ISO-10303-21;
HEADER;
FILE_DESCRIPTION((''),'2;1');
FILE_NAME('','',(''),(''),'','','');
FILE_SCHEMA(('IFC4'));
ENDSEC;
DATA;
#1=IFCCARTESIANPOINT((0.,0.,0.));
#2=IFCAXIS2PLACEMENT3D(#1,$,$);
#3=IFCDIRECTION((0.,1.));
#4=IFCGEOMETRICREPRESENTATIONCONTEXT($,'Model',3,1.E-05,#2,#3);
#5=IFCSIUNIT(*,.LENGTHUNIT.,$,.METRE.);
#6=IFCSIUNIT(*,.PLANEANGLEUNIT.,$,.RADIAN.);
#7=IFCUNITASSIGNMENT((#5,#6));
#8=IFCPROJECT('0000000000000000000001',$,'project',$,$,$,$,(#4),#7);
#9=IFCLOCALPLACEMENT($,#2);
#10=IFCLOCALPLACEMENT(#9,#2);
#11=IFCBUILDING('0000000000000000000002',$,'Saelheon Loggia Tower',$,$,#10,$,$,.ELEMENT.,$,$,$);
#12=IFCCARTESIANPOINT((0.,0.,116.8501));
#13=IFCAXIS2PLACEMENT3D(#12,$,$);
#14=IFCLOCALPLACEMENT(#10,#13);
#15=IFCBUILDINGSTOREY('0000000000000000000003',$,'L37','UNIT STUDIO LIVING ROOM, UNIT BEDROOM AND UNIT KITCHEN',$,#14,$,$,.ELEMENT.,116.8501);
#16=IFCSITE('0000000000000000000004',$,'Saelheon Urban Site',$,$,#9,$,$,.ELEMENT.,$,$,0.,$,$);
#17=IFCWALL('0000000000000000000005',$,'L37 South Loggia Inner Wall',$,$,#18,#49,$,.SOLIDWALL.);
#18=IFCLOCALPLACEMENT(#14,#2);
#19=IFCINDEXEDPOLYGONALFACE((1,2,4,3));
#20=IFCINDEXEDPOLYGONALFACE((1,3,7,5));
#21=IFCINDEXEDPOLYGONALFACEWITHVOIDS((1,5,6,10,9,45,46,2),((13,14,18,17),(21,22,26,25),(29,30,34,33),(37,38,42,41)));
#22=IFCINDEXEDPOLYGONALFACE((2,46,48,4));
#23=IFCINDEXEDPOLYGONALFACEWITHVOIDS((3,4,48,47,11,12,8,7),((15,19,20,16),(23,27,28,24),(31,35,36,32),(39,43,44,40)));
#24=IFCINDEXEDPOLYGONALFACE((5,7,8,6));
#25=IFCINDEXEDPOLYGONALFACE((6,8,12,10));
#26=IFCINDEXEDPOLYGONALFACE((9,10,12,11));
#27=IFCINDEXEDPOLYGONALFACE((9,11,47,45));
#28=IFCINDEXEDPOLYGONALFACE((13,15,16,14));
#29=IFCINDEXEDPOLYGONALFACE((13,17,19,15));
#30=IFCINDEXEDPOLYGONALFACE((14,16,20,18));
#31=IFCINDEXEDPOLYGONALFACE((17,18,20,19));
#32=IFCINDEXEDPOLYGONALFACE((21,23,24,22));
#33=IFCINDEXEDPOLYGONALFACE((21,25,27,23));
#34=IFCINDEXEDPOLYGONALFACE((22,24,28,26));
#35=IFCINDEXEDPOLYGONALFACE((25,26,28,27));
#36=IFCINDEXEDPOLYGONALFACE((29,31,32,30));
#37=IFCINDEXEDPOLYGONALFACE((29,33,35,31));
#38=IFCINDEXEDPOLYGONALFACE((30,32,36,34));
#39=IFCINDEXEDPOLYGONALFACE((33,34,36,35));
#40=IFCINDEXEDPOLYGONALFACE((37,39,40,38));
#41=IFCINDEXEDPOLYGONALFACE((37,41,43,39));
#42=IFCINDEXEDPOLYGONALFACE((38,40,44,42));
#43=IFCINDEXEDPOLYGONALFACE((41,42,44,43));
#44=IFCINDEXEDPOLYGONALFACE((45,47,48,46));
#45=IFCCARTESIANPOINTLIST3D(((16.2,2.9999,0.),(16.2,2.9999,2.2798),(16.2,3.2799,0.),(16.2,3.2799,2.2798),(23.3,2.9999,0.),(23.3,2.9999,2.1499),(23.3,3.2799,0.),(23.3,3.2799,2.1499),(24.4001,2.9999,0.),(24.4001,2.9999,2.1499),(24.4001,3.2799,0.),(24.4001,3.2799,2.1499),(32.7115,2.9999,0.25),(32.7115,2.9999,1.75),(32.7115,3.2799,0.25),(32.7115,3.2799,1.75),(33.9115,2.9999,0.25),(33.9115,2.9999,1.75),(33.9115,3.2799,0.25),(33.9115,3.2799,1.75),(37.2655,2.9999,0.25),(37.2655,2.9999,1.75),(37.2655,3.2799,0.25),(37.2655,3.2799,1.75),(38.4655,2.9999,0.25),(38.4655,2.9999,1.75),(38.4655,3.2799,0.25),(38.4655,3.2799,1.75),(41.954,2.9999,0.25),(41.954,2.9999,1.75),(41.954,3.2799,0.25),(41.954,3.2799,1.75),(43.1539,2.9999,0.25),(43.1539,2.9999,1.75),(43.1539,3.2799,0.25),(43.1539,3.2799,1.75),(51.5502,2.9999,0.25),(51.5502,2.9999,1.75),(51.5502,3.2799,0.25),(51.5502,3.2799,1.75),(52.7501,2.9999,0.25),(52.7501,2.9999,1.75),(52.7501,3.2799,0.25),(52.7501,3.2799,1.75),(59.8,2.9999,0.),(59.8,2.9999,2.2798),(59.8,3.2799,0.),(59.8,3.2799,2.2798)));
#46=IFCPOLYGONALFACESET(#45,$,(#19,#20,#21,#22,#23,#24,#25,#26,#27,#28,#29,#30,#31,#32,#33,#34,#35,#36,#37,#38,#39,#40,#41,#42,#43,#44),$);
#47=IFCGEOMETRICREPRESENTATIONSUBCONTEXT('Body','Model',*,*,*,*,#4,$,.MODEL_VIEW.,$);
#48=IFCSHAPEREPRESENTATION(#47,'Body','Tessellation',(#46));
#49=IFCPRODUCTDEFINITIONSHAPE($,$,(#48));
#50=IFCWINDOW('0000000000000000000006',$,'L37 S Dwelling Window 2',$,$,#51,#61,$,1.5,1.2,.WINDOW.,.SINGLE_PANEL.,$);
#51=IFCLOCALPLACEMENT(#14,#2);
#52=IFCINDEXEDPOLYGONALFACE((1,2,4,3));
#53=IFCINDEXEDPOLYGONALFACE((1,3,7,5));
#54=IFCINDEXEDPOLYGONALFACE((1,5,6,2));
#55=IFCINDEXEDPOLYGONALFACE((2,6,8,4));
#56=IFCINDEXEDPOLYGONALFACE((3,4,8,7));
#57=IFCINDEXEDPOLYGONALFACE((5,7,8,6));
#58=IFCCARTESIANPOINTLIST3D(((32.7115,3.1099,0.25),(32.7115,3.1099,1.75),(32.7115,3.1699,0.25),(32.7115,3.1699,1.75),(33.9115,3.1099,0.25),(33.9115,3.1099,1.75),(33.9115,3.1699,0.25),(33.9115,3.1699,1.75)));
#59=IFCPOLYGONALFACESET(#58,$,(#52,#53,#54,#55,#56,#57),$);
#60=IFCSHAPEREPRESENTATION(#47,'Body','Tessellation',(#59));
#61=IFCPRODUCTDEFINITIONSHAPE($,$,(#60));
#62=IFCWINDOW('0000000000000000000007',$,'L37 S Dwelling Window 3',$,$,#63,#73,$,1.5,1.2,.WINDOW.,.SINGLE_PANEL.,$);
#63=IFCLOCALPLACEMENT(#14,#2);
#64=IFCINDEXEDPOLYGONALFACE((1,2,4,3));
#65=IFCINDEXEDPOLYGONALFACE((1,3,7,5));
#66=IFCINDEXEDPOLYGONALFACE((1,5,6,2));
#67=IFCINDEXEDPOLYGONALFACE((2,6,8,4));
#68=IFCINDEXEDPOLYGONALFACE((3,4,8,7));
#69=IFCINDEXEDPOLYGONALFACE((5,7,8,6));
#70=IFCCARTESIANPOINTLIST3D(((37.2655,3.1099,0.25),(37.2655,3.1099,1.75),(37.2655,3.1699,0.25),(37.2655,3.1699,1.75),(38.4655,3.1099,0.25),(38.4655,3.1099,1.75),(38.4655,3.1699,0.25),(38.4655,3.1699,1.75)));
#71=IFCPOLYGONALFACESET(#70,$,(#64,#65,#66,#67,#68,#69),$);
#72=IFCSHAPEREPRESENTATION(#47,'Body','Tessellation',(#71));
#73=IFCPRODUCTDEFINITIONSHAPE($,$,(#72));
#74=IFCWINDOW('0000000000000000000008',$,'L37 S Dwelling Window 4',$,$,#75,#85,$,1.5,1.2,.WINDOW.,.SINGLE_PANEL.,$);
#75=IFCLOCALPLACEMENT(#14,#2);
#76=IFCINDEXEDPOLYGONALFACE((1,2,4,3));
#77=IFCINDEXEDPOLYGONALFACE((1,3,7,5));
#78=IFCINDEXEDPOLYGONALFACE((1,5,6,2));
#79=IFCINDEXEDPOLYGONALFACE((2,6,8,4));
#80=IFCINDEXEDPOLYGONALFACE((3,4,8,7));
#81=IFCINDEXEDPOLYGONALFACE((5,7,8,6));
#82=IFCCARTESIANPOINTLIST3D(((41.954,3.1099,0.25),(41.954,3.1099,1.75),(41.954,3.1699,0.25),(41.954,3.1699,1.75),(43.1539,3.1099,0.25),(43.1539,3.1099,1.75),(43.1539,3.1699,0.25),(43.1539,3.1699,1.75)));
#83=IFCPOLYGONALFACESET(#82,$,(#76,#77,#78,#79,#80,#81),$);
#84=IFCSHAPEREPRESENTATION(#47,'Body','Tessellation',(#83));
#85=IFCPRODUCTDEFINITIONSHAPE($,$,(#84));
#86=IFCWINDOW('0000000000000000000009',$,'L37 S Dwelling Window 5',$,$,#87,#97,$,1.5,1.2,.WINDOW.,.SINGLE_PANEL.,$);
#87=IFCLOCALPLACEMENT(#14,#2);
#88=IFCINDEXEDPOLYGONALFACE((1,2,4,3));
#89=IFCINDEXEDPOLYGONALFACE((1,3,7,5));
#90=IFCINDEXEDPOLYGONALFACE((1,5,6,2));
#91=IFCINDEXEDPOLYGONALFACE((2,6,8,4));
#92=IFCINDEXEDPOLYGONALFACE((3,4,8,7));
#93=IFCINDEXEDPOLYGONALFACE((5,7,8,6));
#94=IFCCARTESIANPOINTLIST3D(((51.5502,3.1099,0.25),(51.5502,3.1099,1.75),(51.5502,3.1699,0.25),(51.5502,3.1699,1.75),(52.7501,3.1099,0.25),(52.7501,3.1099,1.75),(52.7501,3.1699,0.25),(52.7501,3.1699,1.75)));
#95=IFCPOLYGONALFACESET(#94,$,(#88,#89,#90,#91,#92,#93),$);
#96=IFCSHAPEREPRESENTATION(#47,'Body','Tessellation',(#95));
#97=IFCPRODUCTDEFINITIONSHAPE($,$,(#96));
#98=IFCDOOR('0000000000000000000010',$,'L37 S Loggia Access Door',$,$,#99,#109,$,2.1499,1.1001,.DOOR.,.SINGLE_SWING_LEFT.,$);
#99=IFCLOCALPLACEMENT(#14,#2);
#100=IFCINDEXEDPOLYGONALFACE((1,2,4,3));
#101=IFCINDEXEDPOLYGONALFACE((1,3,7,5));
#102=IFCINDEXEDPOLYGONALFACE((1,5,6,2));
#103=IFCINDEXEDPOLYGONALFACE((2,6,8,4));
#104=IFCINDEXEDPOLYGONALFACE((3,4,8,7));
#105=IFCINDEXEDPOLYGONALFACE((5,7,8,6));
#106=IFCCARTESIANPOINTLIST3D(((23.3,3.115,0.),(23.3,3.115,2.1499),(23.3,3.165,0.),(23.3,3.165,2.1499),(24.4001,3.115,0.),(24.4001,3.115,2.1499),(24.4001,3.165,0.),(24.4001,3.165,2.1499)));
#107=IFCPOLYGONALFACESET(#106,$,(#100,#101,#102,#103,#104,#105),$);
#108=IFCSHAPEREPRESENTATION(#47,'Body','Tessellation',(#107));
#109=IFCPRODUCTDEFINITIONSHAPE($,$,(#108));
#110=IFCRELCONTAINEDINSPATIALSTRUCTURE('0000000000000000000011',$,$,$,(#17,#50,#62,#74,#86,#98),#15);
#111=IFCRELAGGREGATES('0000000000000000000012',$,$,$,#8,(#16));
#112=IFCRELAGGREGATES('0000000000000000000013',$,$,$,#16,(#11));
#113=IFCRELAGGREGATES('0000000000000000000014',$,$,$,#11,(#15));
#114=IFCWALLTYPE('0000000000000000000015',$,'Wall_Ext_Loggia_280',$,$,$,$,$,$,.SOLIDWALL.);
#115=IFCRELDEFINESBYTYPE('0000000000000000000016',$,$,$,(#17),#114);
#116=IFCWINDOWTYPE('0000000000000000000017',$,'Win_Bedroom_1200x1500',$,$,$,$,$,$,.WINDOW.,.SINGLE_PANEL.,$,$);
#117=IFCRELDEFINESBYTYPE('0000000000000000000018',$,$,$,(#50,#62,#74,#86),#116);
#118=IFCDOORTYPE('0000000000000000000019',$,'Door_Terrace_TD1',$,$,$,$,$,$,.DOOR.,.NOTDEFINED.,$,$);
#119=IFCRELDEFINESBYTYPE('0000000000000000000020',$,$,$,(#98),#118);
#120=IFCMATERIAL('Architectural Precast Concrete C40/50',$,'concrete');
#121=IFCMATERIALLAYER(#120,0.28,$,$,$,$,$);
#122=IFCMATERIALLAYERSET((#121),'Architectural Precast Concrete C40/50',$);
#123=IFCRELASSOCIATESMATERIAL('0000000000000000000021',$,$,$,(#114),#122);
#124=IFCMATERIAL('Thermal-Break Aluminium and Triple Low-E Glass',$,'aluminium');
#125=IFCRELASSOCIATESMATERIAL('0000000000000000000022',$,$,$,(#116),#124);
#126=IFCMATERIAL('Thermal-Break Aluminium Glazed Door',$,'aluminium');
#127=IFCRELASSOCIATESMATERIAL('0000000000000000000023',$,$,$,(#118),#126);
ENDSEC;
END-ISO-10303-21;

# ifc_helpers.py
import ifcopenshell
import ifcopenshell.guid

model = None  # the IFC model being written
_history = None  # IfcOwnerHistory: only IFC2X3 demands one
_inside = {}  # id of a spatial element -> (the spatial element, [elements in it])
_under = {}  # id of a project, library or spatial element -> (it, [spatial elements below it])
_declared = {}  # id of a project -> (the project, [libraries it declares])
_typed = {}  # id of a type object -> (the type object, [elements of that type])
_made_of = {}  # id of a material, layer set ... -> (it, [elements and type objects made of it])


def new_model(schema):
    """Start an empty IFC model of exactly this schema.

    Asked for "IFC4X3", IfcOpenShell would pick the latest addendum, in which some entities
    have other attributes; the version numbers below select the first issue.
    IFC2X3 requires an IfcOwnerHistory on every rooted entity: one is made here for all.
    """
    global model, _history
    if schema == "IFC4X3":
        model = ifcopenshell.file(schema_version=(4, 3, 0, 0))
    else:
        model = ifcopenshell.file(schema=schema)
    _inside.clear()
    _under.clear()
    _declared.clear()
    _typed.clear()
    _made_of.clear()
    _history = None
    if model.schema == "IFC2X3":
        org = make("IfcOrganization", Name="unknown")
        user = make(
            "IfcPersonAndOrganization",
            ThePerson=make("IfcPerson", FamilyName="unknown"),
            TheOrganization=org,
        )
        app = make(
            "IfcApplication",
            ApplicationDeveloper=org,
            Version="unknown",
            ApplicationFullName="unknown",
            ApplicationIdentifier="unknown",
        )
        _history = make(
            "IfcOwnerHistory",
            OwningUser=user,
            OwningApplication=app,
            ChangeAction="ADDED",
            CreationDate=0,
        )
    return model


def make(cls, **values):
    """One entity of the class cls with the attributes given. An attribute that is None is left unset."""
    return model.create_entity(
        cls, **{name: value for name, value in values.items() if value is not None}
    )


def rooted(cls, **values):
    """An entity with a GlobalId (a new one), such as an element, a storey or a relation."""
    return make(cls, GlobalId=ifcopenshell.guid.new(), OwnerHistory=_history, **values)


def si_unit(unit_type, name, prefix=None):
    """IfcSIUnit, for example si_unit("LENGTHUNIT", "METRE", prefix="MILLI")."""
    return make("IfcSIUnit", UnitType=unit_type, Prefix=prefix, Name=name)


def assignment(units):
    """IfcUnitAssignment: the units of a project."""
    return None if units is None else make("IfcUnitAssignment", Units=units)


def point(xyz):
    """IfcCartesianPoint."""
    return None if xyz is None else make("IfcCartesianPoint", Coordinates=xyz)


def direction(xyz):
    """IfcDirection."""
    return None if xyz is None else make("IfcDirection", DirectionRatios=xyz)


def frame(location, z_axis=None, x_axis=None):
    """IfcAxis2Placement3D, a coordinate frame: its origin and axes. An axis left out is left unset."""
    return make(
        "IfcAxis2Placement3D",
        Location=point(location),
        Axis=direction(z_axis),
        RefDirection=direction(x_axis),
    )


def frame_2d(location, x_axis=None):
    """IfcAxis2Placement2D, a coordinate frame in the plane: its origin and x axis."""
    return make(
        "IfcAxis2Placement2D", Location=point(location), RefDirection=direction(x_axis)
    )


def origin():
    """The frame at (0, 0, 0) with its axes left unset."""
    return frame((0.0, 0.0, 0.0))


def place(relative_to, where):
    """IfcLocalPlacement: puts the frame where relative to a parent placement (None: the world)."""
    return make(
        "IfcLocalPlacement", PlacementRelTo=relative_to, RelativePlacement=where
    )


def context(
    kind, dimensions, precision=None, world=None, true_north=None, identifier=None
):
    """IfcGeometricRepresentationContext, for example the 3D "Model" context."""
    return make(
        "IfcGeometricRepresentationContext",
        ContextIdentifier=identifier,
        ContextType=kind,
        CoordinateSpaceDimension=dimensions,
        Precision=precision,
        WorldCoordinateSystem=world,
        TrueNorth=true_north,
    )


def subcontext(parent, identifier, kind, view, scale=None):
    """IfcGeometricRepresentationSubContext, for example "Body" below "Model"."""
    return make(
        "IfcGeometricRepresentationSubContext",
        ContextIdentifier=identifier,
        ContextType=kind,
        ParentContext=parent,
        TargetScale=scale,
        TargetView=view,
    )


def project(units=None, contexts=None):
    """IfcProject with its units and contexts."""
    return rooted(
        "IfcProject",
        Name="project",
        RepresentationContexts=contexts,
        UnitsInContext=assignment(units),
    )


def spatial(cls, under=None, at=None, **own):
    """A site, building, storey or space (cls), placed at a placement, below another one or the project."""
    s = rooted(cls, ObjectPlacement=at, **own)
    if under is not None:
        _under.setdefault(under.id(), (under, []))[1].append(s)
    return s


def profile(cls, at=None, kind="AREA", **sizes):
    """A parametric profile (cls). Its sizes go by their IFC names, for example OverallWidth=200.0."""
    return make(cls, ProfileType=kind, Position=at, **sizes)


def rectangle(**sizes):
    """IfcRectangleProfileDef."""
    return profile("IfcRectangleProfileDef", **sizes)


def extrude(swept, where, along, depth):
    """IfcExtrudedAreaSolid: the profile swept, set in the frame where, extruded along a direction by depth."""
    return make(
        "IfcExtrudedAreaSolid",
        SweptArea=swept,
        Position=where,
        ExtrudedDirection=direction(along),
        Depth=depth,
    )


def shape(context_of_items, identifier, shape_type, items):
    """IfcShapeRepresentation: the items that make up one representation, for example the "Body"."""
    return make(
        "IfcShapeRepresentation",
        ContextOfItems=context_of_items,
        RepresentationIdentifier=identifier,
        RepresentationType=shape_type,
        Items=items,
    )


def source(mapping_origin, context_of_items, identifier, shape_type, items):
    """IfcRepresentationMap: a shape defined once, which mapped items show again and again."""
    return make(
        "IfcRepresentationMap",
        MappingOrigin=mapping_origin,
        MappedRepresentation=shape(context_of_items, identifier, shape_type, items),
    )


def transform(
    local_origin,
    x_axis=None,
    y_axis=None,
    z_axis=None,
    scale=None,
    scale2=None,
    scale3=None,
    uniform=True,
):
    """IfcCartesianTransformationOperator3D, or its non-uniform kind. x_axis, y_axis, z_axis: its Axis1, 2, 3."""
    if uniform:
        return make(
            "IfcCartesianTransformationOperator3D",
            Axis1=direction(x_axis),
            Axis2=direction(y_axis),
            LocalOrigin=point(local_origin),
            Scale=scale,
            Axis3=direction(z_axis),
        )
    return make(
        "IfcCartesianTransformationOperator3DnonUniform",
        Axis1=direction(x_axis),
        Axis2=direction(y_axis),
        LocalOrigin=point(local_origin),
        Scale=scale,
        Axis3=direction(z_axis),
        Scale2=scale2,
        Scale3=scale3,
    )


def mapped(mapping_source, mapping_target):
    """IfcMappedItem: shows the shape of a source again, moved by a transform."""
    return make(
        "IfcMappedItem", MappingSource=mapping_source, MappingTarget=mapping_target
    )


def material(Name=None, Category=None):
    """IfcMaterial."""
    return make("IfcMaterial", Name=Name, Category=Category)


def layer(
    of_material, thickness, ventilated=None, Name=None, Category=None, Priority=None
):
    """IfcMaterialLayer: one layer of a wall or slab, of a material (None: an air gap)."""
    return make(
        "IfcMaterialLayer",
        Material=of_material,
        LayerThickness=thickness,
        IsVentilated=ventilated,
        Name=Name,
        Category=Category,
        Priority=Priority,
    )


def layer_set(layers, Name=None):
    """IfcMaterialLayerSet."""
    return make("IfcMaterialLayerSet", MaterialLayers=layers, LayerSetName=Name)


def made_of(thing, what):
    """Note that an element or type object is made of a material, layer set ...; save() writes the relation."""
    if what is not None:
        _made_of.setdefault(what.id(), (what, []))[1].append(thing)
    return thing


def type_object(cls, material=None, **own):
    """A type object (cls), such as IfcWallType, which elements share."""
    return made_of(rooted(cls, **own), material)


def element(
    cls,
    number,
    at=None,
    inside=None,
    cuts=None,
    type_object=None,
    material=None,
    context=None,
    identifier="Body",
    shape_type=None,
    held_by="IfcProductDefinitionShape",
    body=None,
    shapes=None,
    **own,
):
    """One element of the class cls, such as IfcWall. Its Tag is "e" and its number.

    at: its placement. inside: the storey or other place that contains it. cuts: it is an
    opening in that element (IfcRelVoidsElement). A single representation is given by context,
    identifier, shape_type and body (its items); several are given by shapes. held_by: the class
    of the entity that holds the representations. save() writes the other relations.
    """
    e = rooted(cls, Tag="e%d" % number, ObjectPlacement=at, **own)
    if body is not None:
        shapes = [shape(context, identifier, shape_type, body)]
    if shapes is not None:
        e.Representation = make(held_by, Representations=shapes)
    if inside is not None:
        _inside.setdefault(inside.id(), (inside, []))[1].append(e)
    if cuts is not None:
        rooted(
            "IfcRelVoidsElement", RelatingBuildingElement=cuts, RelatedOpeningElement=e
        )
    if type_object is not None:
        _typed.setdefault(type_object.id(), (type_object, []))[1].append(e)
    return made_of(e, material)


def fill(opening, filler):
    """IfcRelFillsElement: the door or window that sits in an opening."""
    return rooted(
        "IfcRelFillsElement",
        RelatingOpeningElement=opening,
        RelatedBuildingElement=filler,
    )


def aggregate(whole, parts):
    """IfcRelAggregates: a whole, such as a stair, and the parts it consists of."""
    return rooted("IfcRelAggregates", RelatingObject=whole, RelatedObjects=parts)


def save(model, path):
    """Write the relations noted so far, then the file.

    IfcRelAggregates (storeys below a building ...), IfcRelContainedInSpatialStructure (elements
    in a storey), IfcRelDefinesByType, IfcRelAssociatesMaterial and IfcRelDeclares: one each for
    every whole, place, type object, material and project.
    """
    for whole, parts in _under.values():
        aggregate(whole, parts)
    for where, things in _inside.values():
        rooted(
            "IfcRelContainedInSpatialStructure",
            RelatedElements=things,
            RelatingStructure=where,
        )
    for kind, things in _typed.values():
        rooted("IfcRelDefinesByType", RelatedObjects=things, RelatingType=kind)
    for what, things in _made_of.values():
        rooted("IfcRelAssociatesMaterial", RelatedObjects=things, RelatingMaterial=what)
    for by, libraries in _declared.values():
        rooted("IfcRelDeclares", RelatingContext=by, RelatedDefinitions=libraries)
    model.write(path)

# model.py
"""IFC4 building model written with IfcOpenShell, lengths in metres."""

from ifc_helpers import new_model, si_unit, direction, frame, frame_2d, origin, place, context, subcontext, project, spatial, rectangle, extrude, source, transform, mapped, material, layer, layer_set, type_object, element, fill, save


model = new_model("IFC4")

# Units and contexts
model_context = context("Model", 3, precision=1e-05, world=origin(), true_north=direction((0.0, 1.0)))
body_context = subcontext(model_context, "Body", "Model", "MODEL_VIEW")
ifc_project = project(units=[si_unit("LENGTHUNIT", "METRE"), si_unit("PLANEANGLEUNIT", "RADIAN")], contexts=[model_context])

# Site, building, storey
site_placement = place(None, origin())
site = spatial("IfcSite", under=ifc_project, at=site_placement, Name="Saelheon Urban Site", CompositionType="ELEMENT", RefElevation=0.0)
building_placement = place(site_placement, origin())
building = spatial("IfcBuilding", under=site, at=building_placement, Name="Saelheon Loggia Tower", CompositionType="ELEMENT")
storey_placement = place(building_placement, frame((0.0, 0.0, 116.8501)))
storey = spatial("IfcBuildingStorey", under=building, at=storey_placement, Name="L37", Description="UNIT STUDIO LIVING ROOM, UNIT BEDROOM AND UNIT KITCHEN", CompositionType="ELEMENT", Elevation=116.8501)

# Shared definitions
ifc_material_1 = material(Name="Thermal-Break Aluminium and Triple Low-E Glass", Category="aluminium")

# Wall, openings, windows, door
ifc_material_2 = material(Name="Architectural Precast Concrete C40/50", Category="concrete")
ifc_layer_1 = layer(ifc_material_2, 0.28)
ifc_layer_set_1 = layer_set([ifc_layer_1], Name="Architectural Precast Concrete C40/50")
wall_type = type_object("IfcWallType", Name="Wall_Ext_Loggia_280", PredefinedType="SOLIDWALL", material=ifc_layer_set_1)
wall_placement = place(storey_placement, frame((16.2, 3.1399, 0.0), z_axis=(0.0, 0.0, 1.0), x_axis=(1.0, 0.0, 0.0)))
wall = element("IfcWall", 1, at=wall_placement, inside=storey, type_object=wall_type, Name="L37 South Loggia Inner Wall", PredefinedType="SOLIDWALL", context=body_context, shape_type="SweptSolid", body=[
    extrude(rectangle(XDim=43.6001, YDim=0.28, at=frame_2d((21.8, 0.0))), origin(), (0.0, 0.0, 1.0), 2.2798),
])
opening_1_placement = place(wall_placement, frame((8.2002, 0.0, 0.0), z_axis=(0.0, 0.0, 1.0), x_axis=(-1.0, 0.0, 0.0)))
opening_1 = element("IfcOpeningElement", 2, at=opening_1_placement, cuts=wall, PredefinedType="OPENING", context=body_context, shape_type="SweptSolid", body=[
    extrude(rectangle(XDim=1.1001, YDim=2.1499, at=frame_2d((0.55, 1.075))), frame((0.0, 0.1521, 0.0), z_axis=(0.0, -1.0, 0.0), x_axis=(1.0, 0.0, 0.0)), (0.0, 0.0, 1.0), 0.304),
])
opening_2_placement = place(wall_placement, frame((16.5115, 0.0, 0.25)))
opening_2 = element("IfcOpeningElement", 3, at=opening_2_placement, cuts=wall, PredefinedType="OPENING", context=body_context, shape_type="SweptSolid", body=[
    extrude(rectangle(XDim=1.2, YDim=1.5, at=frame_2d((0.6001, 0.75))), frame((0.0, 0.1521, 0.0), z_axis=(0.0, -1.0, 0.0), x_axis=(1.0, 0.0, 0.0)), (0.0, 0.0, 1.0), 0.304),
])
opening_3_placement = place(wall_placement, frame((21.0654, 0.0, 0.25)))
opening_3 = element("IfcOpeningElement", 4, at=opening_3_placement, cuts=wall, PredefinedType="OPENING", context=body_context, shape_type="SweptSolid", body=[
    extrude(rectangle(XDim=1.2, YDim=1.5, at=frame_2d((0.6001, 0.75))), frame((0.0, 0.1521, 0.0), z_axis=(0.0, -1.0, 0.0), x_axis=(1.0, 0.0, 0.0)), (0.0, 0.0, 1.0), 0.304),
])
opening_4_placement = place(wall_placement, frame((25.7539, 0.0, 0.25)))
opening_4 = element("IfcOpeningElement", 5, at=opening_4_placement, cuts=wall, PredefinedType="OPENING", context=body_context, shape_type="SweptSolid", body=[
    extrude(rectangle(XDim=1.2, YDim=1.5, at=frame_2d((0.6001, 0.75))), frame((0.0, 0.1521, 0.0), z_axis=(0.0, -1.0, 0.0), x_axis=(1.0, 0.0, 0.0)), (0.0, 0.0, 1.0), 0.304),
])
opening_5_placement = place(wall_placement, frame((35.3501, 0.0, 0.25)))
opening_5 = element("IfcOpeningElement", 6, at=opening_5_placement, cuts=wall, PredefinedType="OPENING", context=body_context, shape_type="SweptSolid", body=[
    extrude(rectangle(XDim=1.2, YDim=1.5, at=frame_2d((0.6001, 0.75))), frame((0.0, 0.1521, 0.0), z_axis=(0.0, -1.0, 0.0), x_axis=(1.0, 0.0, 0.0)), (0.0, 0.0, 1.0), 0.304),
])
window_type = type_object("IfcWindowType", Name="Win_Bedroom_1200x1500", PartitioningType="SINGLE_PANEL", PredefinedType="WINDOW", material=ifc_material_1)
shared_shape_1 = source(origin(), body_context, "Body", "SweptSolid", [
    extrude(rectangle(XDim=1.2, YDim=1.5, at=frame_2d((0.6001, 0.75))), frame((0.0, 0.03, 0.0), z_axis=(0.0, -1.0, 0.0), x_axis=(1.0, 0.0, 0.0)), (0.0, 0.0, 1.0), 0.0601),
])
window_1_placement = place(opening_2_placement, origin())
window_1 = element("IfcWindow", 7, at=window_1_placement, inside=storey, type_object=window_type, Name="L37 S Dwelling Window 2", OverallHeight=1.5, OverallWidth=1.2, PartitioningType="SINGLE_PANEL", PredefinedType="WINDOW", context=body_context, shape_type="MappedRepresentation", body=[
    mapped(shared_shape_1, transform((0.0, 0.0, 0.0), scale=1.0)),
])
fill(opening_2, window_1)
window_2_placement = place(opening_3_placement, origin())
window_2 = element("IfcWindow", 8, at=window_2_placement, inside=storey, type_object=window_type, Name="L37 S Dwelling Window 3", OverallHeight=1.5, OverallWidth=1.2, PartitioningType="SINGLE_PANEL", PredefinedType="WINDOW", context=body_context, shape_type="MappedRepresentation", body=[
    mapped(shared_shape_1, transform((0.0, 0.0, 0.0), scale=1.0)),
])
fill(opening_3, window_2)
window_3_placement = place(opening_4_placement, origin())
window_3 = element("IfcWindow", 9, at=window_3_placement, inside=storey, type_object=window_type, Name="L37 S Dwelling Window 4", OverallHeight=1.5, OverallWidth=1.2, PartitioningType="SINGLE_PANEL", PredefinedType="WINDOW", context=body_context, shape_type="MappedRepresentation", body=[
    mapped(shared_shape_1, transform((0.0, 0.0, 0.0), scale=1.0)),
])
fill(opening_4, window_3)
window_4_placement = place(opening_5_placement, origin())
window_4 = element("IfcWindow", 10, at=window_4_placement, inside=storey, type_object=window_type, Name="L37 S Dwelling Window 5", OverallHeight=1.5, OverallWidth=1.2, PartitioningType="SINGLE_PANEL", PredefinedType="WINDOW", context=body_context, shape_type="MappedRepresentation", body=[
    mapped(shared_shape_1, transform((0.0, 0.0, 0.0), scale=1.0)),
])
fill(opening_5, window_4)
ifc_material_3 = material(Name="Thermal-Break Aluminium Glazed Door", Category="aluminium")
door_type = type_object("IfcDoorType", Name="Door_Terrace_TD1", OperationType="NOTDEFINED", PredefinedType="DOOR", material=ifc_material_3)
shared_shape_2 = source(origin(), body_context, "Body", "SweptSolid", [
    extrude(rectangle(XDim=1.1001, YDim=2.1499, at=frame_2d((0.55, 1.075))), frame((0.0, 0.0249, 0.0), z_axis=(0.0, -1.0, 0.0), x_axis=(1.0, 0.0, 0.0)), (0.0, 0.0, 1.0), 0.05),
])
door_placement = place(opening_1_placement, origin())
door = element("IfcDoor", 11, at=door_placement, inside=storey, type_object=door_type, Name="L37 S Loggia Access Door", OperationType="SINGLE_SWING_LEFT", OverallHeight=2.1499, OverallWidth=1.1001, PredefinedType="DOOR", context=body_context, shape_type="MappedRepresentation", body=[
    mapped(shared_shape_2, transform((0.0, 0.0, 0.0), scale=1.0)),
])
fill(opening_1, door)

save(model, "model.ifc")
